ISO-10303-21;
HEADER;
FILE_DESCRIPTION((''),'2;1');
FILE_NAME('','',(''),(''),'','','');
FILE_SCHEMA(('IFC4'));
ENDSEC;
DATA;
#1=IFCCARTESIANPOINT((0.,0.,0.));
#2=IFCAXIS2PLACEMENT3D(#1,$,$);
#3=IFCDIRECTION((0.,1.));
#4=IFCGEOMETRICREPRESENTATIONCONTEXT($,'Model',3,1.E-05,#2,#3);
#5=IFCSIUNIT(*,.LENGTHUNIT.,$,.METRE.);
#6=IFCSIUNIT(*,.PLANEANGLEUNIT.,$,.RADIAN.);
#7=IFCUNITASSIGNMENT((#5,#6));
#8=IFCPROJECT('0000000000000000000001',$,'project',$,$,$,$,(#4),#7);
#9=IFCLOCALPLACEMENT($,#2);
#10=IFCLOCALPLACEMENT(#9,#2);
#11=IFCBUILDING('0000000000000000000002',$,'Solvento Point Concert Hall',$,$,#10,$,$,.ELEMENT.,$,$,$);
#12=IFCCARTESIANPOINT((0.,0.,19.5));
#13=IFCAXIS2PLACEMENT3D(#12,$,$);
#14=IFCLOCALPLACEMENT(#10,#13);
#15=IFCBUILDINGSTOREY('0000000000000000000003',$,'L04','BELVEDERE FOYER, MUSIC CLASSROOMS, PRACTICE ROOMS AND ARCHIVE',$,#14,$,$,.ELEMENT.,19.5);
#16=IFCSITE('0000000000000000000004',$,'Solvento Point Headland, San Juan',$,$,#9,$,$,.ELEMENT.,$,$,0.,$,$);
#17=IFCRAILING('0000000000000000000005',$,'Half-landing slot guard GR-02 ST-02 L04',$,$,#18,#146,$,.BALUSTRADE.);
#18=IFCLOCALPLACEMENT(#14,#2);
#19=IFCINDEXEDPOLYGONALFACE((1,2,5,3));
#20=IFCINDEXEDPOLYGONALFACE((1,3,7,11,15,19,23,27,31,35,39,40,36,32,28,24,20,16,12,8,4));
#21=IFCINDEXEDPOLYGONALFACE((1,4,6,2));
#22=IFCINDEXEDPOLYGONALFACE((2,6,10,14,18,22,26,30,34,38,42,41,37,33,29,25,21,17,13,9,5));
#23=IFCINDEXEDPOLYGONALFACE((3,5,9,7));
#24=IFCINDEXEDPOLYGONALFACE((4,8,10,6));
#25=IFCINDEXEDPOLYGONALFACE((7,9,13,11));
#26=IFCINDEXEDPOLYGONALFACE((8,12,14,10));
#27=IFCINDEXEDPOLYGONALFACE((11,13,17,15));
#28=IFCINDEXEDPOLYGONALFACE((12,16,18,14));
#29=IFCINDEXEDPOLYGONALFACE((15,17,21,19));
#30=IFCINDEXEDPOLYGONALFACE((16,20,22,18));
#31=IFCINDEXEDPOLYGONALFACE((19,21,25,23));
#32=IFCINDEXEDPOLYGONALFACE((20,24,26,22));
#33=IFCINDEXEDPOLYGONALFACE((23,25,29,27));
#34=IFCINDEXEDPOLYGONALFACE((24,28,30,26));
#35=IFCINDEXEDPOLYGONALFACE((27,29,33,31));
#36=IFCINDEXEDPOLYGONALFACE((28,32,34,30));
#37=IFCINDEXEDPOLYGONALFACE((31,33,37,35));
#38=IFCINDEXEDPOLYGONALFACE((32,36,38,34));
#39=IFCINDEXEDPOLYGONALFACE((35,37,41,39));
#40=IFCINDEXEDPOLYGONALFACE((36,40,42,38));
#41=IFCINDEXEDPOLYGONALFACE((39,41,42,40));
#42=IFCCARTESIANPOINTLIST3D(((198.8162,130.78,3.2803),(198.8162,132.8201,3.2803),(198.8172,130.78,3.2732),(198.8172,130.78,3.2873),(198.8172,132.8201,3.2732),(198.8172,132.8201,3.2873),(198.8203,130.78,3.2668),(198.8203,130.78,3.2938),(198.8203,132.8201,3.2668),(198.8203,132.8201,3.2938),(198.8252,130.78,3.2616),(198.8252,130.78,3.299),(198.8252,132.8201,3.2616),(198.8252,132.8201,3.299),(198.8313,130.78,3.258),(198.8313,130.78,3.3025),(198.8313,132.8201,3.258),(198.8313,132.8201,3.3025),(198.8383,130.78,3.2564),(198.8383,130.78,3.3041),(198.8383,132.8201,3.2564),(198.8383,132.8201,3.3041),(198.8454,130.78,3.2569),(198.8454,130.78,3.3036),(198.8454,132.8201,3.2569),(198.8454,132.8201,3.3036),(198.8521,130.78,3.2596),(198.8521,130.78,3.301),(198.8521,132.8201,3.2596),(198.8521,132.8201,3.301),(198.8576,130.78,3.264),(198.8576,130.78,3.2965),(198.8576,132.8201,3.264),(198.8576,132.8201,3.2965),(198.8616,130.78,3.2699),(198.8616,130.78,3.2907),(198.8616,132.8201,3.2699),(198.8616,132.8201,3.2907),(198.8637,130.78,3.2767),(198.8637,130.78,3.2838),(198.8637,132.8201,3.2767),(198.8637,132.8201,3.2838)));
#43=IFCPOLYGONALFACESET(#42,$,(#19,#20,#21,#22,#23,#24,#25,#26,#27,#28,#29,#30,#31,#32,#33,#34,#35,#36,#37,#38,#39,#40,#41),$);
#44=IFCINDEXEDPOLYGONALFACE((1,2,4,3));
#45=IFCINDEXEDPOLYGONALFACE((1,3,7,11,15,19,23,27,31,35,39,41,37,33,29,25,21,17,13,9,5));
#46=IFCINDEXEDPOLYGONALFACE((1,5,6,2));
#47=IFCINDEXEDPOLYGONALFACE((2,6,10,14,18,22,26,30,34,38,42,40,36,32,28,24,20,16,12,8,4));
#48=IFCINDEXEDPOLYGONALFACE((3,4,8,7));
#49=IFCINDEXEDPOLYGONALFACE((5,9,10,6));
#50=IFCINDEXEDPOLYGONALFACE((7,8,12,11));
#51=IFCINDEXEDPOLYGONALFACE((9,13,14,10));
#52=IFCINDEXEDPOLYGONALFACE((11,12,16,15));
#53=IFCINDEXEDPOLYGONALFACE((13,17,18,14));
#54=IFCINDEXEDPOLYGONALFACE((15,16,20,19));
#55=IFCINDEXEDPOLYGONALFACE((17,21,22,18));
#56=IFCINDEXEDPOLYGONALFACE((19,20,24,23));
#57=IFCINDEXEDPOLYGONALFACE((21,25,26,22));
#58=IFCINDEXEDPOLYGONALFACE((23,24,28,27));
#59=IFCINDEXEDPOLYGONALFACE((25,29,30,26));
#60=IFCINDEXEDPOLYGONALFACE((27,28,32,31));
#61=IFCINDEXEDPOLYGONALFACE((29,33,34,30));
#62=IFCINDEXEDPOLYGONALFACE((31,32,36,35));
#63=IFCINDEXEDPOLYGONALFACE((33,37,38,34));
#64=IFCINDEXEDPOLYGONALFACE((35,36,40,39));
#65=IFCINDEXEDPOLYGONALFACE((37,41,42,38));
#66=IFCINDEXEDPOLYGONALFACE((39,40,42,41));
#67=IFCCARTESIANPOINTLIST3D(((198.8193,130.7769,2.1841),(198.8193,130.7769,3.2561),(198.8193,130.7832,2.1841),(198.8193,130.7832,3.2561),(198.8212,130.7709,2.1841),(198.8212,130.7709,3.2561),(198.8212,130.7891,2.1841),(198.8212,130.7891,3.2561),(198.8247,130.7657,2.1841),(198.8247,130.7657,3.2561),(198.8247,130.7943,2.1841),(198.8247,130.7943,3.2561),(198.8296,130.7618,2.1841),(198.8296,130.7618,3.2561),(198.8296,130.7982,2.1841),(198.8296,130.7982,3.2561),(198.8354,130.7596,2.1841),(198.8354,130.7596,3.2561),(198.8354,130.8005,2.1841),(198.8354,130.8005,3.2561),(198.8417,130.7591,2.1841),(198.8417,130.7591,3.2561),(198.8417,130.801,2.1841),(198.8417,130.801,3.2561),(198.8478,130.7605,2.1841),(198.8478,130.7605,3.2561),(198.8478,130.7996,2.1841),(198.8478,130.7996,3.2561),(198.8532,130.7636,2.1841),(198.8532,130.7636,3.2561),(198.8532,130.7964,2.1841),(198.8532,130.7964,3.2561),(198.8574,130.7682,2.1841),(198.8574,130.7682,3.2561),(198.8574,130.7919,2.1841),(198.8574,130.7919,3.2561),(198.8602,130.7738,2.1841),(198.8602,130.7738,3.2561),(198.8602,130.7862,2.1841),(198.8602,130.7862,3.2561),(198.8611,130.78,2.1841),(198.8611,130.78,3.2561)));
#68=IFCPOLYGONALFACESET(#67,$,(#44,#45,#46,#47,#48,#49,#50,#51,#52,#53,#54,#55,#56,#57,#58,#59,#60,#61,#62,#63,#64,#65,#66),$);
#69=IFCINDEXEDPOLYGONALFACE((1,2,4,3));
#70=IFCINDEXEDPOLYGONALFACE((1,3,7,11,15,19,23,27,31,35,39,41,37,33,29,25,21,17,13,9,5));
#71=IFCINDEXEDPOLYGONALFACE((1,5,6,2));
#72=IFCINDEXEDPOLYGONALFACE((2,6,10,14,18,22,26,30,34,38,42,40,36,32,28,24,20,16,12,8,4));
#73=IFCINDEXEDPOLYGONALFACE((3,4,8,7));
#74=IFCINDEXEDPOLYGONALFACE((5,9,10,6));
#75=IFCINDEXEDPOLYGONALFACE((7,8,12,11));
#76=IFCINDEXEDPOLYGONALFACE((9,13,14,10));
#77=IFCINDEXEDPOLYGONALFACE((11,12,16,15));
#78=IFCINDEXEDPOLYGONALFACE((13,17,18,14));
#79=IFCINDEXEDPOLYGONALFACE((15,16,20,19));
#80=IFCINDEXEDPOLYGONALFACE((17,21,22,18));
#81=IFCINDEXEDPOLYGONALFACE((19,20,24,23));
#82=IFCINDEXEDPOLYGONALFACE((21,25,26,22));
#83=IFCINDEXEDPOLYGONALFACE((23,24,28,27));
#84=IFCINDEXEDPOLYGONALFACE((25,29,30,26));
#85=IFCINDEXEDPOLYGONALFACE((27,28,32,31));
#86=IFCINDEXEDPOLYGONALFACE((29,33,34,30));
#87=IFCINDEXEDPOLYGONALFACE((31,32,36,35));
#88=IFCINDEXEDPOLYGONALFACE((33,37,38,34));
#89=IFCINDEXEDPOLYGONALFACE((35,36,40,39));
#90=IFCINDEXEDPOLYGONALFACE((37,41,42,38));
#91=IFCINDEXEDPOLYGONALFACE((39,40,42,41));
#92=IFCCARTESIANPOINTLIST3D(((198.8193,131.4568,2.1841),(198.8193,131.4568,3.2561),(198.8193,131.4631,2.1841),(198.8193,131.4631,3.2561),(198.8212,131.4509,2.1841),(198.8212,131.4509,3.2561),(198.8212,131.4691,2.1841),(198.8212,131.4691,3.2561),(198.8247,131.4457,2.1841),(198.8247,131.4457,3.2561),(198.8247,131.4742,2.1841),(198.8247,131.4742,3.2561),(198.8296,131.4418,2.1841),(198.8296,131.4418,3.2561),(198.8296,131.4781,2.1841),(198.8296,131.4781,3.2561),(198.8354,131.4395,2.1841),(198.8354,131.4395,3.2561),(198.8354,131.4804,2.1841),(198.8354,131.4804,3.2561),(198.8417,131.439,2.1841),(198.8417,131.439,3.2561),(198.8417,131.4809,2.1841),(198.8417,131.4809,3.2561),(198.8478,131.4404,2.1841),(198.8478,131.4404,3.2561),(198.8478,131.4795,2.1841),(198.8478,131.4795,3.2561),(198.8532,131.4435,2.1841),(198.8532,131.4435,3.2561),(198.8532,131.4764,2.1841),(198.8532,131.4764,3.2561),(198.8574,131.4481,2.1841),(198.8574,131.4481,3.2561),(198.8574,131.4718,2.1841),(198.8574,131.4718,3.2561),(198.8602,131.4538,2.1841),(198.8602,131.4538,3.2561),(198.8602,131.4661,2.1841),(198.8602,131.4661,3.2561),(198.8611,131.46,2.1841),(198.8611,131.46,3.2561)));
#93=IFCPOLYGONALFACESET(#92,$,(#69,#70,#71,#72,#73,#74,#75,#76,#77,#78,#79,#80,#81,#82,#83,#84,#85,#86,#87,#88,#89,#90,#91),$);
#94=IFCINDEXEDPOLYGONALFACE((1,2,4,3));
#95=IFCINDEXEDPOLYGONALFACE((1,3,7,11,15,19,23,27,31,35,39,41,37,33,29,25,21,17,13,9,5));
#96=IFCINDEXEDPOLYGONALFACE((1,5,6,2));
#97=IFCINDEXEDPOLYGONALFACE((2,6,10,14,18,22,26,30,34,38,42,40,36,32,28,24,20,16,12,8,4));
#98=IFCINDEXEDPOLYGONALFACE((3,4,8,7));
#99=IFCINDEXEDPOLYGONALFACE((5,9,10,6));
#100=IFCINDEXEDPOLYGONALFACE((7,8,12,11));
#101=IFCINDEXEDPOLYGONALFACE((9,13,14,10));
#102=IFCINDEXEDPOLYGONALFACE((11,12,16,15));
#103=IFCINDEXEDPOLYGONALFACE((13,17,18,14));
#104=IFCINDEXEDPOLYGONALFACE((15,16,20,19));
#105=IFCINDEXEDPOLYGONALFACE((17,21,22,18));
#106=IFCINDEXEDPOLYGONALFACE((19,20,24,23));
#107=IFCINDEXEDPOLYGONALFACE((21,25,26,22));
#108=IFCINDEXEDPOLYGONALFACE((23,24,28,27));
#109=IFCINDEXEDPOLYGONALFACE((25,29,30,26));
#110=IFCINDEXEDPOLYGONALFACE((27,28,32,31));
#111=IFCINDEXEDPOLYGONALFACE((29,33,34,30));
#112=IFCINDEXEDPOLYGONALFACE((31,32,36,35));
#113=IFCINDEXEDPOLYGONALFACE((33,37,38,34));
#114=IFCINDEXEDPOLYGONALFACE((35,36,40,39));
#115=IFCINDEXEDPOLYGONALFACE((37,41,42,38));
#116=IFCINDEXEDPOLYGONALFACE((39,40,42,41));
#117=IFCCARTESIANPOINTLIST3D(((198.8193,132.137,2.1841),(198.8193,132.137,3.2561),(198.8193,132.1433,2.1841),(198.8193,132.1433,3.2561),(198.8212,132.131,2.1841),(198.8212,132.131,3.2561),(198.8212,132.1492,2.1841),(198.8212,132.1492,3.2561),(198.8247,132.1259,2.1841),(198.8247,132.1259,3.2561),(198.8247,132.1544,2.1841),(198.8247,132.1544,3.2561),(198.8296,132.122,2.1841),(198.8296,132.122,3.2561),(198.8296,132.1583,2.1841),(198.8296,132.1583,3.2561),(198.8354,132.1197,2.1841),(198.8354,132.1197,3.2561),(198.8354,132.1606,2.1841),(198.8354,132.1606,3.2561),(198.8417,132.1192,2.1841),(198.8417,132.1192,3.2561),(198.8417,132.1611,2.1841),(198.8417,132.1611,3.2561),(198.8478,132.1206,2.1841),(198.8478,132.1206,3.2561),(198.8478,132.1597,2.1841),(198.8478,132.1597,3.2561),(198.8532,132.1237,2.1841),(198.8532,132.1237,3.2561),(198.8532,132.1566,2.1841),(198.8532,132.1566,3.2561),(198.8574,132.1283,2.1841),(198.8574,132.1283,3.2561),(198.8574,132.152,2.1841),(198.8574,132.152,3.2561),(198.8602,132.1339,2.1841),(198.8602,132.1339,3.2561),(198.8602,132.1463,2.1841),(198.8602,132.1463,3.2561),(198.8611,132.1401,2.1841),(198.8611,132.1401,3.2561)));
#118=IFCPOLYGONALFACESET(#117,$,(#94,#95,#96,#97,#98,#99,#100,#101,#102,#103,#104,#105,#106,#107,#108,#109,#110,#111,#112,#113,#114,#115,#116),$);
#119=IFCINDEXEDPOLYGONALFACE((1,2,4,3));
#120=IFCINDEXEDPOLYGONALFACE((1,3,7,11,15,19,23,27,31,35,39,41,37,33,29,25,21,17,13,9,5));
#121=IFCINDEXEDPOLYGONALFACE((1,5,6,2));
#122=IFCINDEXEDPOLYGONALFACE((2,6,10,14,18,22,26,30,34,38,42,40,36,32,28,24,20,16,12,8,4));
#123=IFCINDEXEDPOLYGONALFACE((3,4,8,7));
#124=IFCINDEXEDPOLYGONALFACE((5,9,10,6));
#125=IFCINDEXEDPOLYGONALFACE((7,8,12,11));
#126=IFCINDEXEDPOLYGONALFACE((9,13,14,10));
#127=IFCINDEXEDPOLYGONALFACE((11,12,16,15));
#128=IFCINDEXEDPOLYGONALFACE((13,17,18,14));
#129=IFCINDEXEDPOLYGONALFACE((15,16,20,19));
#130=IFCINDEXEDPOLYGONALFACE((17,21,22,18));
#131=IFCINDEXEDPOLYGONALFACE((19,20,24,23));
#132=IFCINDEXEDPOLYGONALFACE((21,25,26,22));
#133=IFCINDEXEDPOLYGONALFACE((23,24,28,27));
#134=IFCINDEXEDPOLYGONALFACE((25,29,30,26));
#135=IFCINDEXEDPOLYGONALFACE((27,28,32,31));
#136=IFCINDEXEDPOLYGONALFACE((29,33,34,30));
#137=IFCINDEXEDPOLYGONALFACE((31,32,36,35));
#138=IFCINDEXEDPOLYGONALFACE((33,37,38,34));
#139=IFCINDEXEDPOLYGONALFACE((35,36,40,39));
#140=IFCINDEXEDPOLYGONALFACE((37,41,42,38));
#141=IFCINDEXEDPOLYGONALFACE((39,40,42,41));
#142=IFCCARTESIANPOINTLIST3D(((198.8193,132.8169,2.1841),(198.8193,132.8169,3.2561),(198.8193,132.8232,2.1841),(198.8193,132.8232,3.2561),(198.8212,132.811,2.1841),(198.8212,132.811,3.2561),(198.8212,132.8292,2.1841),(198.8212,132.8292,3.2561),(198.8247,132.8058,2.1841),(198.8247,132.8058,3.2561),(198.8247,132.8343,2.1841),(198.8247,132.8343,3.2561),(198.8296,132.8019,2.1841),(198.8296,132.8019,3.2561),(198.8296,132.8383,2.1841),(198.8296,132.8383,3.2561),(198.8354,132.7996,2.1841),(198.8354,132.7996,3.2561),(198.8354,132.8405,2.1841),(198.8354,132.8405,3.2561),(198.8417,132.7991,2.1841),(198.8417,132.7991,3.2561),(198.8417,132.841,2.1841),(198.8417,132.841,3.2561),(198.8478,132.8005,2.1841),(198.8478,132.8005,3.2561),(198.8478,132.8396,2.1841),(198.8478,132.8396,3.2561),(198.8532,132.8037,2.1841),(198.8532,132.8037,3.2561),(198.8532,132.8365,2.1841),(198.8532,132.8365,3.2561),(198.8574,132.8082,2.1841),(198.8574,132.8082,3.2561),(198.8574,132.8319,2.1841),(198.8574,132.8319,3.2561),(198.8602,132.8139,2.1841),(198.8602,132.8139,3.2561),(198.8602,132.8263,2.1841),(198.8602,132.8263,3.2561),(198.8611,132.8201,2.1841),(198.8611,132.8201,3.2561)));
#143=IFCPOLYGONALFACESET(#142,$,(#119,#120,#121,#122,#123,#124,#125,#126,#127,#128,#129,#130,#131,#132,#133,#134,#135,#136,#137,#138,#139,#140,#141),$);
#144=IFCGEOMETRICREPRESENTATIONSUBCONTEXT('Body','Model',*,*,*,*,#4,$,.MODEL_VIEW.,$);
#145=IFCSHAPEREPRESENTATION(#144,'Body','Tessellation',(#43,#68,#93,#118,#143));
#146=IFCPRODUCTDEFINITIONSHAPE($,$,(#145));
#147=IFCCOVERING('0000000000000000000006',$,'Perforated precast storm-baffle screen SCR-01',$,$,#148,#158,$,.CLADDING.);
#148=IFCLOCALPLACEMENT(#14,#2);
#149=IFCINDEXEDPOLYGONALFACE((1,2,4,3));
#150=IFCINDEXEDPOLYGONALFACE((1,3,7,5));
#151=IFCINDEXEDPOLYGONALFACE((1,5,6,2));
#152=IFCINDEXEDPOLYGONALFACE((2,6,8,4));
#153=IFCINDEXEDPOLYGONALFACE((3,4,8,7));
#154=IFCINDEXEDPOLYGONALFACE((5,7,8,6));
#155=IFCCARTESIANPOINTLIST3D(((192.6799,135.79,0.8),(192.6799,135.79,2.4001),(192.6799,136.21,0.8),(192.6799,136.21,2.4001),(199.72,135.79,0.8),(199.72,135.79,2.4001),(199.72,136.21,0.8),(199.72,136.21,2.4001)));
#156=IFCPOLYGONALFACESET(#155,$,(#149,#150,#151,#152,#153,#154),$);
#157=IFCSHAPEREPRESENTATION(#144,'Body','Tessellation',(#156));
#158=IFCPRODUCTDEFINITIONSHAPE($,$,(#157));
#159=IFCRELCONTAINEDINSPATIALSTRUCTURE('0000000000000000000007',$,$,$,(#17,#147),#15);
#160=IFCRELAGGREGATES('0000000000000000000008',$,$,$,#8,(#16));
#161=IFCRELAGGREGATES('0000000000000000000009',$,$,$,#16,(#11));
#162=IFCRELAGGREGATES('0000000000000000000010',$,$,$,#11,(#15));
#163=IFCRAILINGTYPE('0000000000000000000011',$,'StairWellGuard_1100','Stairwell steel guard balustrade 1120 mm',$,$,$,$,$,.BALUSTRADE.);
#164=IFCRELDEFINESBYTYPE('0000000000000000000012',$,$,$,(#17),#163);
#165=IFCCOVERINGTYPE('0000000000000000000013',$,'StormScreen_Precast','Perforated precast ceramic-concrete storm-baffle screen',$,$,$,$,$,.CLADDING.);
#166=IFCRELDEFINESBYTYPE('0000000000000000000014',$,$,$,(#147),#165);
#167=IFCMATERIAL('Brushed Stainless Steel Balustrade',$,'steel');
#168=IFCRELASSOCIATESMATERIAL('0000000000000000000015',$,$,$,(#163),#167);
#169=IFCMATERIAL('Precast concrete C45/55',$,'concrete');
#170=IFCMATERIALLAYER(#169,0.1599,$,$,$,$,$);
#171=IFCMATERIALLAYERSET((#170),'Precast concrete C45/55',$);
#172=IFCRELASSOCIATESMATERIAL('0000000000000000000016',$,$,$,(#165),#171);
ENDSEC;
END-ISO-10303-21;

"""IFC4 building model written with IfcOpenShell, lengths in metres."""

from ifc_helpers import new_model, si_unit, direction, frame, origin, origin_2d, place, context, subcontext, project, spatial, rectangle, circle, extrude, material, layer, layer_set, type_object, element, save


model = new_model("IFC4")

# Units and contexts
model_context = context("Model", 3, precision=1e-05, world=origin(), true_north=direction((0.0, 1.0)))
body_context = subcontext(model_context, "Body", "Model", "MODEL_VIEW")
ifc_project = project(units=[si_unit("LENGTHUNIT", "METRE"), si_unit("PLANEANGLEUNIT", "RADIAN")], contexts=[model_context])

# Site, building, storey
site_placement = place(None, origin())
site = spatial("IfcSite", under=ifc_project, at=site_placement, Name="Solvento Point Headland, San Juan", CompositionType="ELEMENT", RefElevation=0.0)
building_placement = place(site_placement, origin())
building = spatial("IfcBuilding", under=site, at=building_placement, Name="Solvento Point Concert Hall", CompositionType="ELEMENT")
storey_placement = place(building_placement, frame((0.0, 0.0, 19.5)))
storey = spatial("IfcBuildingStorey", under=building, at=storey_placement, Name="L04", Description="BELVEDERE FOYER, MUSIC CLASSROOMS, PRACTICE ROOMS AND ARCHIVE", CompositionType="ELEMENT", Elevation=19.5)

# Railing
ifc_material_1 = material(Name="Brushed Stainless Steel Balustrade", Category="steel")
railing_type_1 = type_object("IfcRailingType", Name="StairWellGuard_1100", Description="Stairwell steel guard balustrade 1120 mm", PredefinedType="BALUSTRADE", material=ifc_material_1)
railing_1_placement = place(storey_placement, frame((198.8401, 130.78, 2.1841)))
element("IfcRailing", 1, at=railing_1_placement, inside=storey, type_object=railing_type_1, Name="Half-landing slot guard GR-02 ST-02 L04", PredefinedType="BALUSTRADE", context=body_context, shape_type="SweptSolid", body=[
    extrude(circle(Radius=0.0239, at=origin_2d()), frame((0.0, 0.0, 1.0962), z_axis=(0.0, 1.0, 0.0), x_axis=(-1.0, 0.0, 0.0)), (0.0, 0.0, 1.0), 2.04),
    extrude(circle(Radius=0.021, at=origin_2d()), origin(), (0.0, 0.0, 1.0), 1.072),
    extrude(circle(Radius=0.021, at=origin_2d()), frame((0.0, 0.6799, 0.0)), (0.0, 0.0, 1.0), 1.072),
    extrude(circle(Radius=0.021, at=origin_2d()), frame((0.0, 1.3601, 0.0)), (0.0, 0.0, 1.0), 1.072),
    extrude(circle(Radius=0.021, at=origin_2d()), frame((0.0, 2.04, 0.0)), (0.0, 0.0, 1.0), 1.072),
])

# Covering
ifc_material_2 = material(Name="Precast concrete C45/55", Category="concrete")
ifc_layer_1 = layer(ifc_material_2, 0.1599)
ifc_layer_set_1 = layer_set([ifc_layer_1], Name="Precast concrete C45/55")
covering_type = type_object("IfcCoveringType", Name="StormScreen_Precast", Description="Perforated precast ceramic-concrete storm-baffle screen", PredefinedType="CLADDING", material=ifc_layer_set_1)
covering_placement = place(storey_placement, frame((196.2, 136.0, 0.8), z_axis=(0.0, 0.0, 1.0), x_axis=(1.0, 0.0, 0.0)))
element("IfcCovering", 2, at=covering_placement, inside=storey, type_object=covering_type, Name="Perforated precast storm-baffle screen SCR-01", PredefinedType="CLADDING", context=body_context, shape_type="SweptSolid", body=[
    extrude(rectangle(XDim=7.04, YDim=0.4199, at=origin_2d()), origin(), (0.0, 0.0, 1.0), 1.6001),
])

save(model, "model.ifc")
